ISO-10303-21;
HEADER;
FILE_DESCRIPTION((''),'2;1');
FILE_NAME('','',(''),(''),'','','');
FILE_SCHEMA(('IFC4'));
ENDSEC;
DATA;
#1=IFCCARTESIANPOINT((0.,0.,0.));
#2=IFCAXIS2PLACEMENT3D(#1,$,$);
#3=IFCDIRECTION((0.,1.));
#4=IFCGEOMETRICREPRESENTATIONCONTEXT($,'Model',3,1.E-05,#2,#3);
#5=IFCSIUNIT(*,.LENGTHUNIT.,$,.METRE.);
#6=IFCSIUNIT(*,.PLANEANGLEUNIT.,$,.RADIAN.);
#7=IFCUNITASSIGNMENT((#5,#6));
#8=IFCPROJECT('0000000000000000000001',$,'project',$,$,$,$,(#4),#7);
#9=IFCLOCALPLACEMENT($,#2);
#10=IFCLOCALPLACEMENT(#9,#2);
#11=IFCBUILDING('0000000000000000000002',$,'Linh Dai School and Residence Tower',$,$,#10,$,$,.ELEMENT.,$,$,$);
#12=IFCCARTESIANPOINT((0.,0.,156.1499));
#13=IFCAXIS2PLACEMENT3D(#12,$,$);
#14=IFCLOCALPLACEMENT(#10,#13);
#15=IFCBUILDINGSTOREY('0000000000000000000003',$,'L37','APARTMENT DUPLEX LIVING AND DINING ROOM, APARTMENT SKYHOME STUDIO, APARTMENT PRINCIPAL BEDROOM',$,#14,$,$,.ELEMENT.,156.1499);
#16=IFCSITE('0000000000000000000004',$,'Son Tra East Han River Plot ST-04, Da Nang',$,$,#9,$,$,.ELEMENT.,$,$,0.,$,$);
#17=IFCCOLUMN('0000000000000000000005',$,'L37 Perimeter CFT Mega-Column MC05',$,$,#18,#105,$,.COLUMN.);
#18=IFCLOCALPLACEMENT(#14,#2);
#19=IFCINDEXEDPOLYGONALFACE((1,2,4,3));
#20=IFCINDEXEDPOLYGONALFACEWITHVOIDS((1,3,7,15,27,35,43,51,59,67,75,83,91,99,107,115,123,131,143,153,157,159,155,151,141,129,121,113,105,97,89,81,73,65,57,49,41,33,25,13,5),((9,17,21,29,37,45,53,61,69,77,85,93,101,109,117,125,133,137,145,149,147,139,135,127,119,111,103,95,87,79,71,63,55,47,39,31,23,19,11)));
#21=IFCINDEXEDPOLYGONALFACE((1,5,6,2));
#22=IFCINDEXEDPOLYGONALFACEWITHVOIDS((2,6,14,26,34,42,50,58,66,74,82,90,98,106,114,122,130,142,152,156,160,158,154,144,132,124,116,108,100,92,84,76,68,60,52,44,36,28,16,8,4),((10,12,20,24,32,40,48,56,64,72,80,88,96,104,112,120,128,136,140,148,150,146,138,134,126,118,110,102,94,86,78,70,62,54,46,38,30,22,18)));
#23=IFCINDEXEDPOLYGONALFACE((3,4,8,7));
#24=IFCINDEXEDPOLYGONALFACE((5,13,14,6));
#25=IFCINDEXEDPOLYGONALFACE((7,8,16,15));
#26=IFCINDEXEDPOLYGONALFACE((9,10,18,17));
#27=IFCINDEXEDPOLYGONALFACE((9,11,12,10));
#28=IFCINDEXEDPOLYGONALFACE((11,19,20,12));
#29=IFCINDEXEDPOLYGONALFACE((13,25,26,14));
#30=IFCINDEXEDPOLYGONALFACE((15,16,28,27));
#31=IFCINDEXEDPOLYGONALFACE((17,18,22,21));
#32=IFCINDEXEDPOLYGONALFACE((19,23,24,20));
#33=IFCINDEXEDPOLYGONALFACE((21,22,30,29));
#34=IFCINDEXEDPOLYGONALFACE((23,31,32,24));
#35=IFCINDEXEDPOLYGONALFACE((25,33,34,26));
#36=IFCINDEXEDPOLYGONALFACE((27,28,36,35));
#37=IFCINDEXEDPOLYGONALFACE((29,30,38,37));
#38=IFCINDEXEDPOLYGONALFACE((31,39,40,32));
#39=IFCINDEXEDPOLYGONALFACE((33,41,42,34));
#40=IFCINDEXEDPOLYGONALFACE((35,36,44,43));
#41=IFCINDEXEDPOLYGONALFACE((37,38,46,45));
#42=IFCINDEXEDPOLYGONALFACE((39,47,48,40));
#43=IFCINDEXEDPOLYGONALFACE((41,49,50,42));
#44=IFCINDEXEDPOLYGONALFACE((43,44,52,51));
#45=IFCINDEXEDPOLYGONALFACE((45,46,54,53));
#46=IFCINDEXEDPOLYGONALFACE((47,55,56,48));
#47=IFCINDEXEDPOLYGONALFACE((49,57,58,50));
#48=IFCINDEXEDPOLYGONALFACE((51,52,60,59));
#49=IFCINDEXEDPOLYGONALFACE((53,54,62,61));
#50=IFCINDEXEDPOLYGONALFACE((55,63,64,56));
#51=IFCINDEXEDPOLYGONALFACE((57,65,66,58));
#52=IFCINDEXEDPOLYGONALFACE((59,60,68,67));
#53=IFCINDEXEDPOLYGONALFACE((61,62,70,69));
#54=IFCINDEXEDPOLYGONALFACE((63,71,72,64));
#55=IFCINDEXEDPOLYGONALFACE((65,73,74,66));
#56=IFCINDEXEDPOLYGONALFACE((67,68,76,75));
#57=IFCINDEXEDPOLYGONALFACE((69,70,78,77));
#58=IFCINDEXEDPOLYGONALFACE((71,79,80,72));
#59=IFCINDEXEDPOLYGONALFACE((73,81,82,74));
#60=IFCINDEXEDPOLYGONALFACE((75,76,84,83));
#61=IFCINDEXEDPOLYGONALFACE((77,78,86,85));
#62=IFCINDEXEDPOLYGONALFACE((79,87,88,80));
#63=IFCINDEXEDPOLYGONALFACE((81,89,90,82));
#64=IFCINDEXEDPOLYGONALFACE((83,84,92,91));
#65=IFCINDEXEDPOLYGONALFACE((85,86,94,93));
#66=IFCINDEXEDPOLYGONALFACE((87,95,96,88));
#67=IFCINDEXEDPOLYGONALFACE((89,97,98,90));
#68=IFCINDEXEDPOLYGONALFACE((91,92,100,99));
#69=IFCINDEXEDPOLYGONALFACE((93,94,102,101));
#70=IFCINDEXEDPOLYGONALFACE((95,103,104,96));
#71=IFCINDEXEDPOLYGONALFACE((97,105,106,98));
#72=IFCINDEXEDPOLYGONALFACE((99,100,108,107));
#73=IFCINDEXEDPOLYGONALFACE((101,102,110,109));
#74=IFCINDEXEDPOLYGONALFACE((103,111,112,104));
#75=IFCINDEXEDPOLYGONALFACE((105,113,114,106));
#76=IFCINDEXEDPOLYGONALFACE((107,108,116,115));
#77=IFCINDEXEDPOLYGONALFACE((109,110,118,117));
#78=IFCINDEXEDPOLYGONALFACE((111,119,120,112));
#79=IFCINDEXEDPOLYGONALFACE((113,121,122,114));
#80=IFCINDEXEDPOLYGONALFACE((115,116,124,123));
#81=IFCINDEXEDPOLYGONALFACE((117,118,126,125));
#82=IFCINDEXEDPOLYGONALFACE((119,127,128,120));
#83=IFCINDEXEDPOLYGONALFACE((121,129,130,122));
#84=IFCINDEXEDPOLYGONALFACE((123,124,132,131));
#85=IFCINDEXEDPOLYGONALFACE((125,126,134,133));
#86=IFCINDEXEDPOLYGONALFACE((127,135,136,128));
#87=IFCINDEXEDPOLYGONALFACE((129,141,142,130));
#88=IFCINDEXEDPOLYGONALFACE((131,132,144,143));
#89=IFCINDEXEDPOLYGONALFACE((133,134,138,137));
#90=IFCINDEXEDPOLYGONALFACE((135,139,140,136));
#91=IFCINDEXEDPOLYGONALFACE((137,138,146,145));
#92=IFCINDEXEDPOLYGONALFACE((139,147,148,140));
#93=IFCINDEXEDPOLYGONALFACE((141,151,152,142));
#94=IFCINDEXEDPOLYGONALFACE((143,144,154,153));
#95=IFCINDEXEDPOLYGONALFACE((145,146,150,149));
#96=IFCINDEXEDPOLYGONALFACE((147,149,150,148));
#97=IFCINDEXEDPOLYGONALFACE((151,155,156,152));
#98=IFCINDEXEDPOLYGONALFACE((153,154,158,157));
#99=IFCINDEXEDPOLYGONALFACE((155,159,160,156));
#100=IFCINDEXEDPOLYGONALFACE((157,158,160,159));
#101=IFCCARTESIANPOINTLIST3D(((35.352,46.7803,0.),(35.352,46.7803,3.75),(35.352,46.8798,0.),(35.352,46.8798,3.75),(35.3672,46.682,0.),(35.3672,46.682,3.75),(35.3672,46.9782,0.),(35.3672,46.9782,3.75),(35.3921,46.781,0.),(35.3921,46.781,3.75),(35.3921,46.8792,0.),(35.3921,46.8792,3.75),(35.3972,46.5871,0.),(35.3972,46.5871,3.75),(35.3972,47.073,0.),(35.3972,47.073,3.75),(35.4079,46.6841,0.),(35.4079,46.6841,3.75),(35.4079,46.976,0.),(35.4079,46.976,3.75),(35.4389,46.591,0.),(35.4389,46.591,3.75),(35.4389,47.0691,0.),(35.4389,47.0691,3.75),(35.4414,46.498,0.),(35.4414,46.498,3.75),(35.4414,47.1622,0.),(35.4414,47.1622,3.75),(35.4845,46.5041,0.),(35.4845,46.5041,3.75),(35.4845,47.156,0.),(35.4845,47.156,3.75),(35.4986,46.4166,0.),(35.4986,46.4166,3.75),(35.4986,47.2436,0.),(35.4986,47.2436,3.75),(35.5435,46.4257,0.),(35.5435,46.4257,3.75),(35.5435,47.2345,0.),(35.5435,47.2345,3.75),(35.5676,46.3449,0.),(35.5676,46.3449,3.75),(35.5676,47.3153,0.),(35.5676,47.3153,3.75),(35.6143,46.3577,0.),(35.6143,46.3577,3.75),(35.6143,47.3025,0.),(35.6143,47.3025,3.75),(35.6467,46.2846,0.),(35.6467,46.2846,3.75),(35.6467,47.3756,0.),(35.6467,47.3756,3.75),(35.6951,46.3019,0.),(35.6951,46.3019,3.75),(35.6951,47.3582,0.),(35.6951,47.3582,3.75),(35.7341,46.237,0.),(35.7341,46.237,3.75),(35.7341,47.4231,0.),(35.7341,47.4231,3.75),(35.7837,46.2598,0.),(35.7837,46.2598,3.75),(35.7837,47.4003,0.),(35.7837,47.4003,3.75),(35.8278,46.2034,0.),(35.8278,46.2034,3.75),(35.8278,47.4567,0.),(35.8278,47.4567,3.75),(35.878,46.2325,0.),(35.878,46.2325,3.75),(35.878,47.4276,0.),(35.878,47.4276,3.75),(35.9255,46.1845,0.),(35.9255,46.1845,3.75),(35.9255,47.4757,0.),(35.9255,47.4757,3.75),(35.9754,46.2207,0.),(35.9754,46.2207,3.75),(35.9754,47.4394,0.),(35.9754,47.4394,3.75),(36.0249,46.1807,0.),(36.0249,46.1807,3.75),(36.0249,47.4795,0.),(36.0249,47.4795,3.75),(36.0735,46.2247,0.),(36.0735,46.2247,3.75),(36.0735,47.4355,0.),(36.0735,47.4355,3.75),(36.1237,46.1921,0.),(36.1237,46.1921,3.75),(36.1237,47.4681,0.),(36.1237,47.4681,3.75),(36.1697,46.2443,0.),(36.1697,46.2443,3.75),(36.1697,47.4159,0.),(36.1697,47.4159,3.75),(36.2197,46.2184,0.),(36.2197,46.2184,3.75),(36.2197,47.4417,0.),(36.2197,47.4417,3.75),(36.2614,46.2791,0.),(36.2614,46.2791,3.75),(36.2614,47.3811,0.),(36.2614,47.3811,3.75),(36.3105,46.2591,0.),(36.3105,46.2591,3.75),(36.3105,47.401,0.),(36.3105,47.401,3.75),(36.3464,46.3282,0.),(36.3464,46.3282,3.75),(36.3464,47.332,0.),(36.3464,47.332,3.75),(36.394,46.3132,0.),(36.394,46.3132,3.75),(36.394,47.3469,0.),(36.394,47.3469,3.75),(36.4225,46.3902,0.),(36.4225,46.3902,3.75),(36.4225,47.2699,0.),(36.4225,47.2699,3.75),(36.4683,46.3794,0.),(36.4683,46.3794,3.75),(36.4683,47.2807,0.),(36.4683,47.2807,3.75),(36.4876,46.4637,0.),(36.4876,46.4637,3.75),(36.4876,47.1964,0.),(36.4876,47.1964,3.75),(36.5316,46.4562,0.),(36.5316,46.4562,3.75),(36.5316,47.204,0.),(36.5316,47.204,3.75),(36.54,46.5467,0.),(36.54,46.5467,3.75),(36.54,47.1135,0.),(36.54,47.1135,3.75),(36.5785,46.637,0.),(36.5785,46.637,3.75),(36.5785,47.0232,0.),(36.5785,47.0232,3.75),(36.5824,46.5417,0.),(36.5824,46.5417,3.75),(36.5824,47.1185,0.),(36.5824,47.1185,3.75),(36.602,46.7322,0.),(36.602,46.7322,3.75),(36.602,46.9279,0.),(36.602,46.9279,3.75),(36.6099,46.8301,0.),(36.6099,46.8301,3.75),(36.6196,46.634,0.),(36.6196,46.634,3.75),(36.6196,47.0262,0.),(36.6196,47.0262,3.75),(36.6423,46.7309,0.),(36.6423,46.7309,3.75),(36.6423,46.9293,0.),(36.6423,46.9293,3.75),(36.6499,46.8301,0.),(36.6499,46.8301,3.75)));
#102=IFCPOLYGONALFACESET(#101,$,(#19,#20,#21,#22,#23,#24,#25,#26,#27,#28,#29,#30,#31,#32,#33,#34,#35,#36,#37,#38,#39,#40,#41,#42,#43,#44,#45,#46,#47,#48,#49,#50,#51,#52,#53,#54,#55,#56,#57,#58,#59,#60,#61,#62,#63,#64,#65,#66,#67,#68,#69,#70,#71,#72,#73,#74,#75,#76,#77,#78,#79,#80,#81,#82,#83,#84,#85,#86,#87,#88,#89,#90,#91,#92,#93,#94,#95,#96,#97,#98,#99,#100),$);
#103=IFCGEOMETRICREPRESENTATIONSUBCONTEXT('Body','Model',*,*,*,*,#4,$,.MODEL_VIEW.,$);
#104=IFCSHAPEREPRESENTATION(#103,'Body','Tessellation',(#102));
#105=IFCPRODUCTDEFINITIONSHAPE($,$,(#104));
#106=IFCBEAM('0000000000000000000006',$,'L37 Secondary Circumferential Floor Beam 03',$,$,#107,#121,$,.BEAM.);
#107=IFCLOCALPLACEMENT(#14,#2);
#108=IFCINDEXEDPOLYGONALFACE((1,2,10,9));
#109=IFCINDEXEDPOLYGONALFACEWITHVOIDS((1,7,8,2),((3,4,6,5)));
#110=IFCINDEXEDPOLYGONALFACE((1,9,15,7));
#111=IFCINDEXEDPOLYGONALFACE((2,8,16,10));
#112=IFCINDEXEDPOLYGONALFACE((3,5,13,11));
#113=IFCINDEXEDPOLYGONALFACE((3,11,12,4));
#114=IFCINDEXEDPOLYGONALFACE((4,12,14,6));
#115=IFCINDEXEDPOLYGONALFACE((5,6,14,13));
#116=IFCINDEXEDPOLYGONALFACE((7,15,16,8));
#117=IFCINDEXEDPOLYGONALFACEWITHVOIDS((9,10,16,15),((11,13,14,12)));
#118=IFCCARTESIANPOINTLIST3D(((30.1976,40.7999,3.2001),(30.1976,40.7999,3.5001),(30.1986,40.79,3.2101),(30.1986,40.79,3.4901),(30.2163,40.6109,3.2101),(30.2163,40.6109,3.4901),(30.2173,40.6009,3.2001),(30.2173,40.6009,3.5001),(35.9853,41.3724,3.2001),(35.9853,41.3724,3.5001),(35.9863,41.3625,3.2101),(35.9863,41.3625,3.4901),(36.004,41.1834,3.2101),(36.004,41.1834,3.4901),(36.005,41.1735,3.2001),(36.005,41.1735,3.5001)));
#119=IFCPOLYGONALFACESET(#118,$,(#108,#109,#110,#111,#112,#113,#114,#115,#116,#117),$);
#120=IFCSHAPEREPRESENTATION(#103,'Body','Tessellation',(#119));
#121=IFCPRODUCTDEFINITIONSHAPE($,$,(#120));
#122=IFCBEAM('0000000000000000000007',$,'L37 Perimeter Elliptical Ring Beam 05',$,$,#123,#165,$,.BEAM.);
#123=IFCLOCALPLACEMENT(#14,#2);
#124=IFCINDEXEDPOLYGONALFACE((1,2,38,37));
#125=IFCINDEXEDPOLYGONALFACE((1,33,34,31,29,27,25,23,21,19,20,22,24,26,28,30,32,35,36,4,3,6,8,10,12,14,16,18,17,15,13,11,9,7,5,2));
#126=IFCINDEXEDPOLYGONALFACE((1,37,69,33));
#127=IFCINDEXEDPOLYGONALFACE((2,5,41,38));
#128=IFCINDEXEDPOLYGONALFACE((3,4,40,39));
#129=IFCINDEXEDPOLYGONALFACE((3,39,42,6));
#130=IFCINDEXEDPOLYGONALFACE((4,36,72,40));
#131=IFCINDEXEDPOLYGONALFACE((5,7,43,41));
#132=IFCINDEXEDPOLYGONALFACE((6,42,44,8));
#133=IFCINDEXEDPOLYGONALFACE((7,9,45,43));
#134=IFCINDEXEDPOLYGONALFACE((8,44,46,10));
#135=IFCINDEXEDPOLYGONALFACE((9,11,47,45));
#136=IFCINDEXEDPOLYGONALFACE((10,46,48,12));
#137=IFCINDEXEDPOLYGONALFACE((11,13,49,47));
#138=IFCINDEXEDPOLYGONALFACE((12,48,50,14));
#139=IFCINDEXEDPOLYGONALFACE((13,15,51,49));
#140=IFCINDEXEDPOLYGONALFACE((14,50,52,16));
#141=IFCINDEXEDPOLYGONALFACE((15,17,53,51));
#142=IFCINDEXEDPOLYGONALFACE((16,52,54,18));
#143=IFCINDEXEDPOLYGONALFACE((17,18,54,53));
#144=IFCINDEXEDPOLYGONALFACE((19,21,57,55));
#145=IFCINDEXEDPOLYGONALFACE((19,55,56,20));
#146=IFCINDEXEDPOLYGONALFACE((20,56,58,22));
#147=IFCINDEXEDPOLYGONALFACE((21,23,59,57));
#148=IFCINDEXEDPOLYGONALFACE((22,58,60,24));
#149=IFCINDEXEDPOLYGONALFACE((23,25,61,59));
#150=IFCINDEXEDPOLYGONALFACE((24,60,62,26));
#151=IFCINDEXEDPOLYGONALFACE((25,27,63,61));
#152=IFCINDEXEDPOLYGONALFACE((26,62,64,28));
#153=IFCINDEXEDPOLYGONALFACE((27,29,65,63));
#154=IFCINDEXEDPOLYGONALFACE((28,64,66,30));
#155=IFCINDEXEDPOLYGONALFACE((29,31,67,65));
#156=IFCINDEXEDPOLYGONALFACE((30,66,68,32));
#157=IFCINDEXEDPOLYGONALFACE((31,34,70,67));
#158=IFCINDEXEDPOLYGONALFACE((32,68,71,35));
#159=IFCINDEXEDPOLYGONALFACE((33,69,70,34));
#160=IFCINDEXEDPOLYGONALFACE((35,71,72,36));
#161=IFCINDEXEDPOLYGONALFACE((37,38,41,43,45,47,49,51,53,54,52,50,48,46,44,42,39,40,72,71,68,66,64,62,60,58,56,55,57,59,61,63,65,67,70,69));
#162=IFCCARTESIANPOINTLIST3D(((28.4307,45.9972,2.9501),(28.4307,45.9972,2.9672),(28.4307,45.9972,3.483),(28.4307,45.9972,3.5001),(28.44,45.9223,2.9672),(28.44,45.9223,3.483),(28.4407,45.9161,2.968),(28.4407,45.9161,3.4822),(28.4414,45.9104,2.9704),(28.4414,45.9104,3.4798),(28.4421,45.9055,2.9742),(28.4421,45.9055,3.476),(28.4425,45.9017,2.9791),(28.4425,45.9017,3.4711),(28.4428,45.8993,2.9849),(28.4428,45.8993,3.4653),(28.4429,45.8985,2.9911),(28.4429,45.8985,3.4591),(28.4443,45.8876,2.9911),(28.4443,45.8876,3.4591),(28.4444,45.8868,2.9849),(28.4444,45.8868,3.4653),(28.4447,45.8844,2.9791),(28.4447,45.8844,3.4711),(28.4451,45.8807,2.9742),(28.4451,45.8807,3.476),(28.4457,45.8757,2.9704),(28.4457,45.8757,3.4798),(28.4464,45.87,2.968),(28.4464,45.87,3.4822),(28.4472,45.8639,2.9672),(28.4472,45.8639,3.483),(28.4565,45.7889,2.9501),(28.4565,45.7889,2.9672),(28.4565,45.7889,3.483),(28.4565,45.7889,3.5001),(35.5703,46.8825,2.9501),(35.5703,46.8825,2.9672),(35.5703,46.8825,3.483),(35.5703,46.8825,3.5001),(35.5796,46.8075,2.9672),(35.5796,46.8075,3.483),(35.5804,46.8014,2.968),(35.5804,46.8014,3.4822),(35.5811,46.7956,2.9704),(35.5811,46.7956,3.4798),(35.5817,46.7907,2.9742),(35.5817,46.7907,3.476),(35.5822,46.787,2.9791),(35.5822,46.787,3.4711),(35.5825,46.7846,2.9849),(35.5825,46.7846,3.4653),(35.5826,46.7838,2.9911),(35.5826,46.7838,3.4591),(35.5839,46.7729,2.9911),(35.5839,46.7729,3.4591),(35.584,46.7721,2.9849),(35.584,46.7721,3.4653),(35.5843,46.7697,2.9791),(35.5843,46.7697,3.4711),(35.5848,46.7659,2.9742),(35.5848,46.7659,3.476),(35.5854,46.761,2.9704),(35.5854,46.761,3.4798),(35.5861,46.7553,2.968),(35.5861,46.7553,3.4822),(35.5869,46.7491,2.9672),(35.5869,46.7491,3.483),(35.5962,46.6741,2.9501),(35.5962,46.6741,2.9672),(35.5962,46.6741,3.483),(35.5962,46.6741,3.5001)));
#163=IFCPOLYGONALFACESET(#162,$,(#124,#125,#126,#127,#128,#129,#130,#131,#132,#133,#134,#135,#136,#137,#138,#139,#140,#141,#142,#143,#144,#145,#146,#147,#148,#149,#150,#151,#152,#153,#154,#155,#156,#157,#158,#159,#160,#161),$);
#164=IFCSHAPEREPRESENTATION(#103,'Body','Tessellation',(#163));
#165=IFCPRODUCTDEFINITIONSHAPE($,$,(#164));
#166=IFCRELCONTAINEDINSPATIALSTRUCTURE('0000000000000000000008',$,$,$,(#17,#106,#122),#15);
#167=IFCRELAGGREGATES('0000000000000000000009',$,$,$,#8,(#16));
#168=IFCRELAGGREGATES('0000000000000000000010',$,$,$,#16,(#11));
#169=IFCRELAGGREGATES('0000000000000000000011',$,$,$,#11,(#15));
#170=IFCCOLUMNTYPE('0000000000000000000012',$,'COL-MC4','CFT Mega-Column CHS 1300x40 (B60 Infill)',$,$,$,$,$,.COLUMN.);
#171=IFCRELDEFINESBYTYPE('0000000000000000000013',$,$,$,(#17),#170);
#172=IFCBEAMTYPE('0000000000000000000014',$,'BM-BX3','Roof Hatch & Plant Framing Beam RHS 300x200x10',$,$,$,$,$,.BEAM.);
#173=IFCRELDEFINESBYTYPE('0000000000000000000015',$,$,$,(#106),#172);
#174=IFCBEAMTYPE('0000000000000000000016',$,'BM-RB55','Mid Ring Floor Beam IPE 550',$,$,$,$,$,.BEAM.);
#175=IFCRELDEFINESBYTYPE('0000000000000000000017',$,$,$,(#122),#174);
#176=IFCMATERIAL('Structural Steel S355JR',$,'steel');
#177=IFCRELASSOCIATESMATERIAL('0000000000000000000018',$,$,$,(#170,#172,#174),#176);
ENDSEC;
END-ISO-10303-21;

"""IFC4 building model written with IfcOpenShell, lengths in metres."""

from ifc_helpers import new_model, si_unit, direction, frame, origin, origin_2d, place, context, subcontext, project, spatial, hollow_rectangle, hollow_circle, i_section, extrude, material, material_profile, profile_set, type_object, element, save


model = new_model("IFC4")

# Units and contexts
model_context = context("Model", 3, precision=1e-05, world=origin(), true_north=direction((0.0, 1.0)))
body_context = subcontext(model_context, "Body", "Model", "MODEL_VIEW")
ifc_project = project(units=[si_unit("LENGTHUNIT", "METRE"), si_unit("PLANEANGLEUNIT", "RADIAN")], contexts=[model_context])

# Site, building, storey
site_placement = place(None, origin())
site = spatial("IfcSite", under=ifc_project, at=site_placement, Name="Son Tra East Han River Plot ST-04, Da Nang", CompositionType="ELEMENT", RefElevation=0.0)
building_placement = place(site_placement, origin())
building = spatial("IfcBuilding", under=site, at=building_placement, Name="Linh Dai School and Residence Tower", CompositionType="ELEMENT")
storey_placement = place(building_placement, frame((0.0, 0.0, 156.1499)))
storey = spatial("IfcBuildingStorey", under=building, at=storey_placement, Name="L37", Description="APARTMENT DUPLEX LIVING AND DINING ROOM, APARTMENT SKYHOME STUDIO, APARTMENT PRINCIPAL BEDROOM", CompositionType="ELEMENT", Elevation=156.1499)

# Column
ifc_material_1 = material(Name="Structural Steel S355JR", Category="steel")
ifc_material_profile_1 = material_profile(ifc_material_1, hollow_circle(Radius=0.6499, WallThickness=0.04, at=origin_2d()), Name="CHS 1300x40")
ifc_profile_set_1 = profile_set([ifc_material_profile_1], Name="Structural Steel S355JR")
column_type = type_object("IfcColumnType", Name="COL-MC4", Description="CFT Mega-Column CHS 1300x40 (B60 Infill)", PredefinedType="COLUMN", material=ifc_profile_set_1)
column_placement = place(storey_placement, frame((36.0, 46.8301, 0.0), z_axis=(0.0, 0.0, 1.0), x_axis=(1.0, 0.0, 0.0)))
element("IfcColumn", 1, at=column_placement, inside=storey, type_object=column_type, Name="L37 Perimeter CFT Mega-Column MC05", PredefinedType="COLUMN", context=body_context, shape_type="SweptSolid", body=[
    extrude(hollow_circle(Radius=0.6499, WallThickness=0.04, at=origin_2d()), origin(), (0.0, 0.0, 1.0), 3.75),
])

# Beams
ifc_material_profile_2 = material_profile(ifc_material_1, hollow_rectangle(XDim=0.2, YDim=0.3, WallThickness=0.01, at=origin_2d()), Name="RHS 300x200x10")
ifc_profile_set_2 = profile_set([ifc_material_profile_2], Name="Structural Steel S355JR")
beam_type_1 = type_object("IfcBeamType", Name="BM-BX3", Description="Roof Hatch & Plant Framing Beam RHS 300x200x10", PredefinedType="BEAM", material=ifc_profile_set_2)
beam_1_placement = place(storey_placement, frame((35.9951, 41.2729, 3.3501), z_axis=(-0.995143, -0.09844, 0.0), x_axis=(0.09844, -0.995143, 0.0)))
element("IfcBeam", 2, at=beam_1_placement, inside=storey, type_object=beam_type_1, Name="L37 Secondary Circumferential Floor Beam 03", PredefinedType="BEAM", context=body_context, shape_type="SweptSolid", body=[
    extrude(hollow_rectangle(XDim=0.2, YDim=0.3, WallThickness=0.01, at=origin_2d()), origin(), (0.0, 0.0, 1.0), 5.8159),
])
ifc_material_profile_3 = material_profile(ifc_material_1, i_section(OverallWidth=0.21, OverallDepth=0.55, WebThickness=0.011, FlangeThickness=0.0171, FilletRadius=0.0239, at=origin_2d()), Name="IPE 550")
ifc_profile_set_3 = profile_set([ifc_material_profile_3], Name="Structural Steel S355JR")
beam_type_2 = type_object("IfcBeamType", Name="BM-RB55", Description="Mid Ring Floor Beam IPE 550", PredefinedType="BEAM", material=ifc_profile_set_3)
beam_2_placement = place(storey_placement, frame((35.5833, 46.7783, 3.2251), z_axis=(-0.992401, -0.123049, 0.0), x_axis=(0.123049, -0.992401, 0.0)))
element("IfcBeam", 3, at=beam_2_placement, inside=storey, type_object=beam_type_2, Name="L37 Perimeter Elliptical Ring Beam 05", PredefinedType="BEAM", context=body_context, shape_type="SweptSolid", body=[
    extrude(i_section(OverallWidth=0.21, OverallDepth=0.55, WebThickness=0.011, FlangeThickness=0.0171, FilletRadius=0.0239, at=origin_2d()), origin(), (0.0, 0.0, 1.0), 7.1943),
])

save(model, "model.ifc")
